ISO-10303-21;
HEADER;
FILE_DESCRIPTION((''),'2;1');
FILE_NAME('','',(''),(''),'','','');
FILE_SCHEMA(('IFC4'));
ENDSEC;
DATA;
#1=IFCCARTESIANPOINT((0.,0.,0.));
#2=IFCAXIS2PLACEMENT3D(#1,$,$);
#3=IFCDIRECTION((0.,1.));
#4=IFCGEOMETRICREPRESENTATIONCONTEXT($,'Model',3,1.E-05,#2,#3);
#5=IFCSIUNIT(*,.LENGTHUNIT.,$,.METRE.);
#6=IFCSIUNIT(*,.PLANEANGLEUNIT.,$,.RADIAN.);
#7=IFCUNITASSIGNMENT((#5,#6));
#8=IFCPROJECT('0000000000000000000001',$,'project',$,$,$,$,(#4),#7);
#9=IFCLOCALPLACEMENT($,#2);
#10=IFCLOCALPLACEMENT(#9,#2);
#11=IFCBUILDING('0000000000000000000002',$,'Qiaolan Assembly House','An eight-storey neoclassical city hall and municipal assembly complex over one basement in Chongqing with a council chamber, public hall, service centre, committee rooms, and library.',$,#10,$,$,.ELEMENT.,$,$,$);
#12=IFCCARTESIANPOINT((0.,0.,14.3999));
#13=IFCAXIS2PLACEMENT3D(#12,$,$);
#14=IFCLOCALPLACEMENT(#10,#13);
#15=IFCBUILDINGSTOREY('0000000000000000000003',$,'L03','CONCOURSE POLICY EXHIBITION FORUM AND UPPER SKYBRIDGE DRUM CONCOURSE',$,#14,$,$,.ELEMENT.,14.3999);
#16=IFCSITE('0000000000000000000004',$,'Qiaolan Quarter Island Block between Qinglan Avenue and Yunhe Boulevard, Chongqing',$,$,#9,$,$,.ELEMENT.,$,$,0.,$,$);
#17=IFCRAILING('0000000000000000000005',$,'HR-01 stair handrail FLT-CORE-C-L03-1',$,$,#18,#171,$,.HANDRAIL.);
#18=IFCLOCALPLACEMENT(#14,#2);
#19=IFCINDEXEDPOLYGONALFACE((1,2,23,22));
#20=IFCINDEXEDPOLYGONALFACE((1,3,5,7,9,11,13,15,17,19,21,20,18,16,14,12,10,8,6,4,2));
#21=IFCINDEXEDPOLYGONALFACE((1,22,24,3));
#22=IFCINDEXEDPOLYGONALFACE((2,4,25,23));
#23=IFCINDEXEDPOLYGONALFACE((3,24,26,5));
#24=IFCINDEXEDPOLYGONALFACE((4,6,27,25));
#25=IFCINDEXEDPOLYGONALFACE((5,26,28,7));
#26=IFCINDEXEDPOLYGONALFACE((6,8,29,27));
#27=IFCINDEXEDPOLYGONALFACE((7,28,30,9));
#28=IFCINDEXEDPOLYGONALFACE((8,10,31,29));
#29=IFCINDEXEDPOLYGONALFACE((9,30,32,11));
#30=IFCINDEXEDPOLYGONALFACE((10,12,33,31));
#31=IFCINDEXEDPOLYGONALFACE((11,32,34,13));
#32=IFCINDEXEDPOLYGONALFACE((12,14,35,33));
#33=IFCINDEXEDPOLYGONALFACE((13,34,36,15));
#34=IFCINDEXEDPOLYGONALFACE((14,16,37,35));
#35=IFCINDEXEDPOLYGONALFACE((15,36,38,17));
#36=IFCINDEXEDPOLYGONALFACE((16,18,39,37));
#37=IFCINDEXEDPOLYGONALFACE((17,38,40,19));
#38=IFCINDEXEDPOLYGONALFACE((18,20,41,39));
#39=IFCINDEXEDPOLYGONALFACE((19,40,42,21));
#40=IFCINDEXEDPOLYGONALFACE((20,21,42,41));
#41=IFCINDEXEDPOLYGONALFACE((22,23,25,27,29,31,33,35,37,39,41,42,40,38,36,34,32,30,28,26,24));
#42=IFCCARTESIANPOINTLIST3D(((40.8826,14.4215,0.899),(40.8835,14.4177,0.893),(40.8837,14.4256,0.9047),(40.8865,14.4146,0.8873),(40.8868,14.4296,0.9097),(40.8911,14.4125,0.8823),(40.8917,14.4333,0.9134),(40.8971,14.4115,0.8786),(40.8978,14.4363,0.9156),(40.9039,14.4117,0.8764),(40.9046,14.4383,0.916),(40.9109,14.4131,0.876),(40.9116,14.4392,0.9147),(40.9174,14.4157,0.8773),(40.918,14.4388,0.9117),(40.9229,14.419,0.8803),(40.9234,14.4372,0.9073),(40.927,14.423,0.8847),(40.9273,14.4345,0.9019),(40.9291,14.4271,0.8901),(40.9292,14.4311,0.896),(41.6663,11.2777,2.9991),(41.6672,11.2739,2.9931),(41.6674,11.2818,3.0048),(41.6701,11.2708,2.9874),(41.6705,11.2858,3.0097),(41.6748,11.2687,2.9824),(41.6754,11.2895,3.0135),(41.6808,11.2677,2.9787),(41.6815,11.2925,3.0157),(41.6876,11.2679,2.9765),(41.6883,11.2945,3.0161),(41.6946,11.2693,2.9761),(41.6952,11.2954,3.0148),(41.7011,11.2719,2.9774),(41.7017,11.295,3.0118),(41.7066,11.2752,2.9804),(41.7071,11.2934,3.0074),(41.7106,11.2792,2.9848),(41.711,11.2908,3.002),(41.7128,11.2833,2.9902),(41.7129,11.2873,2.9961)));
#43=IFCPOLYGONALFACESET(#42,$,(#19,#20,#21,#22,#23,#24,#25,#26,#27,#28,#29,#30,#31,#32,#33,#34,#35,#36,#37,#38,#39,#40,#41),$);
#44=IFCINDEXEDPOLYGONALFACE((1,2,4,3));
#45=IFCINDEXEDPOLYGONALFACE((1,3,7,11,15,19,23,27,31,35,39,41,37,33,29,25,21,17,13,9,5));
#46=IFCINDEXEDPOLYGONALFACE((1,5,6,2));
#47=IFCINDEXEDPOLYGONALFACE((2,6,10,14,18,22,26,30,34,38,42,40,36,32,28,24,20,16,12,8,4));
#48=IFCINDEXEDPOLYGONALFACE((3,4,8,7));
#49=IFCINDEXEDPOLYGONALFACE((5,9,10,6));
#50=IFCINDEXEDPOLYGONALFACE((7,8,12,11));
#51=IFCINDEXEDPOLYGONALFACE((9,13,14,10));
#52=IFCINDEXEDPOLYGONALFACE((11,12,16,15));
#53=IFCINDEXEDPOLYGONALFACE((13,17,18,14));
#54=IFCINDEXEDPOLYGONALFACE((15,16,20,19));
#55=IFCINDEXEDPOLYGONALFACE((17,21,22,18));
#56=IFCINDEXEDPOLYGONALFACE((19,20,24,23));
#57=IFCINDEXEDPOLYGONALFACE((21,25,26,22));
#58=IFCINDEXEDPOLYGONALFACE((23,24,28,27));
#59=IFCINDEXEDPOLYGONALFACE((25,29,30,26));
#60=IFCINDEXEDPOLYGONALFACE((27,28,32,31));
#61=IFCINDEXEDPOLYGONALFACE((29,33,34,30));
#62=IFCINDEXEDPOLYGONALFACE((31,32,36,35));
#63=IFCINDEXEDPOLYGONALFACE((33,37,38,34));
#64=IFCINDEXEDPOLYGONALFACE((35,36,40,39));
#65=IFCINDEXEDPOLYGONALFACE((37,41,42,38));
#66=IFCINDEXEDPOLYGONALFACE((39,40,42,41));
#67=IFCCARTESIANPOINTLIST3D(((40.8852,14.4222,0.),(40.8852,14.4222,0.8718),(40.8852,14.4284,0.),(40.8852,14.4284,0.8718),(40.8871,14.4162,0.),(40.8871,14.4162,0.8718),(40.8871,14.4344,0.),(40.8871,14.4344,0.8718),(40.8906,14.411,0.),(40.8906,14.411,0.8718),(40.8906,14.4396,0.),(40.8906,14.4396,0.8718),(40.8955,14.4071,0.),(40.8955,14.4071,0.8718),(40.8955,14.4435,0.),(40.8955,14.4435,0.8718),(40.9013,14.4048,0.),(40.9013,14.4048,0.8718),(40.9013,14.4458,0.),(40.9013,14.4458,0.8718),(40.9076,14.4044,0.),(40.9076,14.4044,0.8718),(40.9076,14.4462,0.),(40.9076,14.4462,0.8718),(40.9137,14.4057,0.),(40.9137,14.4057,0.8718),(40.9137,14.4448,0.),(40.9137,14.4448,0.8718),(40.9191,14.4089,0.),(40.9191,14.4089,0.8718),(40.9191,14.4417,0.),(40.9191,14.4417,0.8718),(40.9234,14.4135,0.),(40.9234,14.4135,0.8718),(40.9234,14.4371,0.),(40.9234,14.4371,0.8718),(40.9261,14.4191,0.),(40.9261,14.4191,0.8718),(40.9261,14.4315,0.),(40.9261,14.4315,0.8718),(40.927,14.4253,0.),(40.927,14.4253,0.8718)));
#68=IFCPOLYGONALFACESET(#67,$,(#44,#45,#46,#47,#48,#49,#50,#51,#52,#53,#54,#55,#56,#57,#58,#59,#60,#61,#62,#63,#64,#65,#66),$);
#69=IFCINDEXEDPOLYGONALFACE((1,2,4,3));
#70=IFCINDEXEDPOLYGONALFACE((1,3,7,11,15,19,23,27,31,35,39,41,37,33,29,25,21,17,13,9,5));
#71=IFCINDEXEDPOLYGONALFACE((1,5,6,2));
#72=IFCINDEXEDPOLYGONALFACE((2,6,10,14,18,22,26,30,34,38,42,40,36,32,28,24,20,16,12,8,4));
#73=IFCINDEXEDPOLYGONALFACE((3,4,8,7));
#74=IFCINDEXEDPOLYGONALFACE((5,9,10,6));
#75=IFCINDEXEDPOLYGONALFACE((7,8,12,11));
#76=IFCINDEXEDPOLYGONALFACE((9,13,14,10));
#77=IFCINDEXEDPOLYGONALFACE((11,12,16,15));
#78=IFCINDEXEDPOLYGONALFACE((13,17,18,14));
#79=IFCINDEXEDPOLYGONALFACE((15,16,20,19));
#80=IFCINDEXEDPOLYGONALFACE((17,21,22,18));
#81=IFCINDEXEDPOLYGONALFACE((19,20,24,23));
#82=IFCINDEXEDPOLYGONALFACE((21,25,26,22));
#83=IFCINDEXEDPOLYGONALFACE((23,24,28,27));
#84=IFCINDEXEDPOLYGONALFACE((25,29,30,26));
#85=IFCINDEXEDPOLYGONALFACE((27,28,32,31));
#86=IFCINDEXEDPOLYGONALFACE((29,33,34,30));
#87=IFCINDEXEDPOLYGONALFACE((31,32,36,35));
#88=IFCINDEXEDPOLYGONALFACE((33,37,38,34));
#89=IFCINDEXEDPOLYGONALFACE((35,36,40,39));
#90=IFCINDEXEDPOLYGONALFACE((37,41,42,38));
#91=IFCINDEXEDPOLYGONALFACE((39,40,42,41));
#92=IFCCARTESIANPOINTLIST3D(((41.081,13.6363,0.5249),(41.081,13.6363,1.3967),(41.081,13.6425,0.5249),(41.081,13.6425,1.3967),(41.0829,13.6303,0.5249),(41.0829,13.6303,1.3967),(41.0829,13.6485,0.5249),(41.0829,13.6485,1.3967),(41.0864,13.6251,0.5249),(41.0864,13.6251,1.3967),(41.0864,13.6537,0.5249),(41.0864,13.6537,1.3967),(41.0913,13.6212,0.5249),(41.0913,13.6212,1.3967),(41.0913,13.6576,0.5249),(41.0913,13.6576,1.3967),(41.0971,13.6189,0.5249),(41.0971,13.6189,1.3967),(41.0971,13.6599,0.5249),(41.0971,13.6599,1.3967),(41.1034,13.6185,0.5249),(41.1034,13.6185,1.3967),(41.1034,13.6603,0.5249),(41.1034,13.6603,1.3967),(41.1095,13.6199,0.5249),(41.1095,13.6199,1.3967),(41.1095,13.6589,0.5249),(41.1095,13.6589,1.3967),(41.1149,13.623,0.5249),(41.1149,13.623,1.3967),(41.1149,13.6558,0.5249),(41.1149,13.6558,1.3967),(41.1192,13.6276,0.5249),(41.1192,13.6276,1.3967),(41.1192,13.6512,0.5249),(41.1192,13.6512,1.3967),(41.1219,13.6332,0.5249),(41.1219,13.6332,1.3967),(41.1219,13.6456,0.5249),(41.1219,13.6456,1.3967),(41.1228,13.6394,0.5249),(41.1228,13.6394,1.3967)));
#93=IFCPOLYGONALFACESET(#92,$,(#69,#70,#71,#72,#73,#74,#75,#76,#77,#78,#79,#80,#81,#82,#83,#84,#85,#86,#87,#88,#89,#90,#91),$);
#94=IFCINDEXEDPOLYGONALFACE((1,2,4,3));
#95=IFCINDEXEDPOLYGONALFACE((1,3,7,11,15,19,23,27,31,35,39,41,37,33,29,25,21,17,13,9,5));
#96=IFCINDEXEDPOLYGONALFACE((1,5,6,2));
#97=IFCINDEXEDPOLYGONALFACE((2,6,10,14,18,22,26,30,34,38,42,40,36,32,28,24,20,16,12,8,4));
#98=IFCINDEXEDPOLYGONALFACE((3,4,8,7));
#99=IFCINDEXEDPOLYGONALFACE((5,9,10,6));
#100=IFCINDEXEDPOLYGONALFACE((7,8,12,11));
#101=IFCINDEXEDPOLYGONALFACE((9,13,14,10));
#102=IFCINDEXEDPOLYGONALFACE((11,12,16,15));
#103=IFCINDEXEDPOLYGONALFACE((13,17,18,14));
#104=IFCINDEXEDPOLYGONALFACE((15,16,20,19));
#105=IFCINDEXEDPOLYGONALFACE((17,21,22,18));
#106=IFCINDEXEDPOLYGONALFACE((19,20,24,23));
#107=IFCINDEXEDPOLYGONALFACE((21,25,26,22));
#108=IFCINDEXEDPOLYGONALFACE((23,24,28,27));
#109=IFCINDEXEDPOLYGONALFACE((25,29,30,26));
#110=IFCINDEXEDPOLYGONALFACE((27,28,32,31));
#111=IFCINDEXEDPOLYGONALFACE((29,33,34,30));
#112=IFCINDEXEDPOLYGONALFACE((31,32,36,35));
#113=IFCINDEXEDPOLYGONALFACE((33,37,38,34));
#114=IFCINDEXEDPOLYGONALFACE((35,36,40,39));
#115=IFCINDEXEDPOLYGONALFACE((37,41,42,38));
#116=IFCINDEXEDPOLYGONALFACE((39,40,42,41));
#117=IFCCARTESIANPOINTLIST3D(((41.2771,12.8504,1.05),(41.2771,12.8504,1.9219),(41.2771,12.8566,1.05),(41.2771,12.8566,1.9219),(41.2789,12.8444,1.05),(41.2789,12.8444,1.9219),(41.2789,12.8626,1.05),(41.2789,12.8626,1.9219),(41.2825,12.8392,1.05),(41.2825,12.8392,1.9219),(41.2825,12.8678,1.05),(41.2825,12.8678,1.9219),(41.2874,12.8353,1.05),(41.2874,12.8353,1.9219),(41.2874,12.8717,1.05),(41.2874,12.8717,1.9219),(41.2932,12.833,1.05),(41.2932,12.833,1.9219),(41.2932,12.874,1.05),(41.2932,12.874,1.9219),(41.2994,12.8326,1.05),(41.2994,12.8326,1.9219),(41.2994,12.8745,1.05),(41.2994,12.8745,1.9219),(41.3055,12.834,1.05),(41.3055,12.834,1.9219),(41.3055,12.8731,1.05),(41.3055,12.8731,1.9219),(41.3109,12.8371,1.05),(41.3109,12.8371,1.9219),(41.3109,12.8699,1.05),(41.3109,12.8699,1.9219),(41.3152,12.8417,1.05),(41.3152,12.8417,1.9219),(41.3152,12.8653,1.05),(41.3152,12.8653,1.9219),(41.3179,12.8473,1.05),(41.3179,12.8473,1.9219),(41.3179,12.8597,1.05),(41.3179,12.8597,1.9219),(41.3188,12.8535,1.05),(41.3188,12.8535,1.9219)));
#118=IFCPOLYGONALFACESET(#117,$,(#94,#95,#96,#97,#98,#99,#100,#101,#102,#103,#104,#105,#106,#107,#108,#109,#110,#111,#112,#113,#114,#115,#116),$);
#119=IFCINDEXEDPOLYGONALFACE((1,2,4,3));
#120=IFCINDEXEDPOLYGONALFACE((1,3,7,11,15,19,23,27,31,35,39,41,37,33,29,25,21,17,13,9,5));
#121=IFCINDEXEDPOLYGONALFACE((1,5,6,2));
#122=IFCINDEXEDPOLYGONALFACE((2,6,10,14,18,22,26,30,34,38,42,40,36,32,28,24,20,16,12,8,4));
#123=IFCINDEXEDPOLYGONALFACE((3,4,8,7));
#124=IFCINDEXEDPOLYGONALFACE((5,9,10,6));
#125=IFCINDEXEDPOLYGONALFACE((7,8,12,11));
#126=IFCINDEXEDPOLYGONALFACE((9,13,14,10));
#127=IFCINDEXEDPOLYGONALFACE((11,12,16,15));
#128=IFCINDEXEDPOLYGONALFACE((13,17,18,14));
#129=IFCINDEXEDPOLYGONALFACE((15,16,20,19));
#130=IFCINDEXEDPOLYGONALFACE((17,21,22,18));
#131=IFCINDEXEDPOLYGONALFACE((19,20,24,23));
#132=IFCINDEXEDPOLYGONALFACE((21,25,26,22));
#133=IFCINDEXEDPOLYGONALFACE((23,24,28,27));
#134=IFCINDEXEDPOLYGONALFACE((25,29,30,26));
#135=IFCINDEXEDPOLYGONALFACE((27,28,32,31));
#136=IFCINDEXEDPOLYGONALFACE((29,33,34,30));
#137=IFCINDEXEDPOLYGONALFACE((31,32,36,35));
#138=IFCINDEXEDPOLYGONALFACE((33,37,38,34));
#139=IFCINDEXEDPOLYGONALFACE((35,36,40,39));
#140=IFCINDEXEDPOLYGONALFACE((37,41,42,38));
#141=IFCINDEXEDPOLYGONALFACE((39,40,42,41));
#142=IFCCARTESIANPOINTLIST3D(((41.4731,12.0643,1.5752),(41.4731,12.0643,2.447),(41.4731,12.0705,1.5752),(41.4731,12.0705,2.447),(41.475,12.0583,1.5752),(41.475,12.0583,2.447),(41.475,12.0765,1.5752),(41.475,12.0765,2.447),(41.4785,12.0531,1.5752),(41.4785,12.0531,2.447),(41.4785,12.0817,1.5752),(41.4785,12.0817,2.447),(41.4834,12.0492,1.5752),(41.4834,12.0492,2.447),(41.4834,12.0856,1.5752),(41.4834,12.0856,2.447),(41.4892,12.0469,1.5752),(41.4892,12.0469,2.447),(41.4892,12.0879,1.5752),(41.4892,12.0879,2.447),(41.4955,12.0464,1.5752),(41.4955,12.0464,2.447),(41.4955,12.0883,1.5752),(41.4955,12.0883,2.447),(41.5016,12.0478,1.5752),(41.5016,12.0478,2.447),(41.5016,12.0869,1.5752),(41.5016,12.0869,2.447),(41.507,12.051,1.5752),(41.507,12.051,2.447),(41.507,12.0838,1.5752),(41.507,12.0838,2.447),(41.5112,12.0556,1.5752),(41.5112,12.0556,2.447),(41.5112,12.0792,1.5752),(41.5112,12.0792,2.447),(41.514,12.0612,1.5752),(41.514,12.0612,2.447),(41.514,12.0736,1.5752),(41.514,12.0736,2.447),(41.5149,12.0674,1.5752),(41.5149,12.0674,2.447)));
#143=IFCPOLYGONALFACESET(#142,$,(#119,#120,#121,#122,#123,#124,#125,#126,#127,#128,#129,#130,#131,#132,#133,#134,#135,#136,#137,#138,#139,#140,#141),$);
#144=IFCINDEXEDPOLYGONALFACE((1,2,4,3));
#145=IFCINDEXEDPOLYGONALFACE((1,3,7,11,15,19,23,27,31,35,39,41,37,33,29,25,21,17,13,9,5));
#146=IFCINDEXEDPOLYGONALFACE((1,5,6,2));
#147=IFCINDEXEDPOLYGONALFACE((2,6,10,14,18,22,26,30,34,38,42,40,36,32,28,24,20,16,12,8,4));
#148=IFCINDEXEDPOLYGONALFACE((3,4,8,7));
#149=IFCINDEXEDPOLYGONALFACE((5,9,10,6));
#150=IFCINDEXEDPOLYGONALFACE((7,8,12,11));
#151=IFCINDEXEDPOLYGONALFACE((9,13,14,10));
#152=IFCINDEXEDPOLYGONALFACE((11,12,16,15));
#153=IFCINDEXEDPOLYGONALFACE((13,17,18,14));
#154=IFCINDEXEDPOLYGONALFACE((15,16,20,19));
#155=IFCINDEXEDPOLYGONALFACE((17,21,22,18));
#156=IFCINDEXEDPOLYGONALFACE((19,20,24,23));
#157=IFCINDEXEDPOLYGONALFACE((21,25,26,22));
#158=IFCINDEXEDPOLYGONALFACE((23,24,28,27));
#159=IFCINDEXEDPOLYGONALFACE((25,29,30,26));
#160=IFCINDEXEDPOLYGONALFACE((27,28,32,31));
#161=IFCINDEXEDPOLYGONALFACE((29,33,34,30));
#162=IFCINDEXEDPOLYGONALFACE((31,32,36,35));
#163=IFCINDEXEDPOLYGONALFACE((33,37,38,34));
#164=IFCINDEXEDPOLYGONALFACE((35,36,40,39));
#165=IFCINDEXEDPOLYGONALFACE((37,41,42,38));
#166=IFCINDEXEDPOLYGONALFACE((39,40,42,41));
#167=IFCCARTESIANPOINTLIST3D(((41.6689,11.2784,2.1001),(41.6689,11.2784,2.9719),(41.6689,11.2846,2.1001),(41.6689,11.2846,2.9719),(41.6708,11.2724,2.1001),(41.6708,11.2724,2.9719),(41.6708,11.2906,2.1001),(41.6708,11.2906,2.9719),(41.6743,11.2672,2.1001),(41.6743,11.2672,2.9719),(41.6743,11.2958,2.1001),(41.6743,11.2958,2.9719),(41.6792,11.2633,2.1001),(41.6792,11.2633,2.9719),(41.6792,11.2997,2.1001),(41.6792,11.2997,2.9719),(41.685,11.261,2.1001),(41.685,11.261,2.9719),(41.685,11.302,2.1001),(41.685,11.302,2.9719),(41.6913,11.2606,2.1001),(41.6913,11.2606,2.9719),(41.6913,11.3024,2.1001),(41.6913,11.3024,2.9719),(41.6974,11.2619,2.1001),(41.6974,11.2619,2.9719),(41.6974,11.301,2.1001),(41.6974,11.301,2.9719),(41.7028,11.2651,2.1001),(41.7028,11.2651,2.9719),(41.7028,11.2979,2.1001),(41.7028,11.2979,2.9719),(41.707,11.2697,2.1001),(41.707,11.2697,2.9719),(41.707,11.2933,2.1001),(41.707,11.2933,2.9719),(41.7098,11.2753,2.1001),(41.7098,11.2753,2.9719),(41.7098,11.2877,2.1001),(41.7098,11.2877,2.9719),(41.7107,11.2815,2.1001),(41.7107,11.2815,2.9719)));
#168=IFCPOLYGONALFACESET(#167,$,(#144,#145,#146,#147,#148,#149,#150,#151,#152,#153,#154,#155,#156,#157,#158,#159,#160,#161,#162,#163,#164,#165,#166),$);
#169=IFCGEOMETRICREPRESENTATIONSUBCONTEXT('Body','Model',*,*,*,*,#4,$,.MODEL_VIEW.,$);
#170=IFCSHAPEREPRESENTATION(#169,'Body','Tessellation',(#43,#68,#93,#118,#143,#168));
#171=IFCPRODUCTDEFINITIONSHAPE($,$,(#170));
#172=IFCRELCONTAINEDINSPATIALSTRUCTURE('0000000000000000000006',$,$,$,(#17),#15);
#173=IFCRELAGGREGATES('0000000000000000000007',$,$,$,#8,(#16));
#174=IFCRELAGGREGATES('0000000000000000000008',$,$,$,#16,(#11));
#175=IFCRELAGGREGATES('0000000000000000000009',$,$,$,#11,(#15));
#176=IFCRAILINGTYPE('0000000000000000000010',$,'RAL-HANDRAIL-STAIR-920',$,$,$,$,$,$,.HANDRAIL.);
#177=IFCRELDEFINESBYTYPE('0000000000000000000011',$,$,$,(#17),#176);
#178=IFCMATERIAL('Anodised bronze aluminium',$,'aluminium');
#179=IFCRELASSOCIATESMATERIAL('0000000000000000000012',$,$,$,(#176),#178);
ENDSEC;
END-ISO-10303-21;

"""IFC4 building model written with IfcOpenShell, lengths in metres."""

from ifc_helpers import new_model, si_unit, direction, frame, origin, origin_2d, place, context, subcontext, project, spatial, circle, extrude, material, type_object, element, save


model = new_model("IFC4")

# Units and contexts
model_context = context("Model", 3, precision=1e-05, world=origin(), true_north=direction((0.0, 1.0)))
body_context = subcontext(model_context, "Body", "Model", "MODEL_VIEW")
ifc_project = project(units=[si_unit("LENGTHUNIT", "METRE"), si_unit("PLANEANGLEUNIT", "RADIAN")], contexts=[model_context])

# Site, building, storey
site_placement = place(None, origin())
site = spatial("IfcSite", under=ifc_project, at=site_placement, Name="Qiaolan Quarter Island Block between Qinglan Avenue and Yunhe Boulevard, Chongqing", CompositionType="ELEMENT", RefElevation=0.0)
building_placement = place(site_placement, origin())
building = spatial("IfcBuilding", under=site, at=building_placement, Name="Qiaolan Assembly House", Description="An eight-storey neoclassical city hall and municipal assembly complex over one basement in Chongqing with a council chamber, public hall, service centre, committee rooms, and library.", CompositionType="ELEMENT")
storey_placement = place(building_placement, frame((0.0, 0.0, 14.3999)))
storey = spatial("IfcBuildingStorey", under=building, at=storey_placement, Name="L03", Description="CONCOURSE POLICY EXHIBITION FORUM AND UPPER SKYBRIDGE DRUM CONCOURSE", CompositionType="ELEMENT", Elevation=14.3999)

# Shared definitions
ifc_material_1 = material(Name="Anodised bronze aluminium", Category="aluminium")

# Railing
railing_type_1 = type_object("IfcRailingType", Name="RAL-HANDRAIL-STAIR-920", PredefinedType="HANDRAIL", material=ifc_material_1)
railing_1_placement = place(storey_placement, frame((40.906, 14.4253, 0.0)))
element("IfcRailing", 1, at=railing_1_placement, inside=storey, type_object=railing_type_1, Name="HR-01 stair handrail FLT-CORE-C-L03-1", PredefinedType="HANDRAIL", context=body_context, shape_type="SweptSolid", body=[
    extrude(circle(Radius=0.0239, at=origin_2d()), frame((0.0, 0.0, 0.896), z_axis=(0.202971, -0.814225, 0.543912), x_axis=(0.970306, 0.24188, 0.0)), (0.0, 0.0, 1.0), 3.8611),
    extrude(circle(Radius=0.021, at=origin_2d()), origin(), (0.0, 0.0, 1.0), 0.8718),
    extrude(circle(Radius=0.021, at=origin_2d()), frame((0.1958, -0.7859, 0.5249)), (0.0, 0.0, 1.0), 0.8718),
    extrude(circle(Radius=0.021, at=origin_2d()), frame((0.3918, -1.5718, 1.05)), (0.0, 0.0, 1.0), 0.8718),
    extrude(circle(Radius=0.021, at=origin_2d()), frame((0.5879, -2.3579, 1.5752)), (0.0, 0.0, 1.0), 0.8718),
    extrude(circle(Radius=0.021, at=origin_2d()), frame((0.7837, -3.1438, 2.1001)), (0.0, 0.0, 1.0), 0.8718),
])

save(model, "model.ifc")
